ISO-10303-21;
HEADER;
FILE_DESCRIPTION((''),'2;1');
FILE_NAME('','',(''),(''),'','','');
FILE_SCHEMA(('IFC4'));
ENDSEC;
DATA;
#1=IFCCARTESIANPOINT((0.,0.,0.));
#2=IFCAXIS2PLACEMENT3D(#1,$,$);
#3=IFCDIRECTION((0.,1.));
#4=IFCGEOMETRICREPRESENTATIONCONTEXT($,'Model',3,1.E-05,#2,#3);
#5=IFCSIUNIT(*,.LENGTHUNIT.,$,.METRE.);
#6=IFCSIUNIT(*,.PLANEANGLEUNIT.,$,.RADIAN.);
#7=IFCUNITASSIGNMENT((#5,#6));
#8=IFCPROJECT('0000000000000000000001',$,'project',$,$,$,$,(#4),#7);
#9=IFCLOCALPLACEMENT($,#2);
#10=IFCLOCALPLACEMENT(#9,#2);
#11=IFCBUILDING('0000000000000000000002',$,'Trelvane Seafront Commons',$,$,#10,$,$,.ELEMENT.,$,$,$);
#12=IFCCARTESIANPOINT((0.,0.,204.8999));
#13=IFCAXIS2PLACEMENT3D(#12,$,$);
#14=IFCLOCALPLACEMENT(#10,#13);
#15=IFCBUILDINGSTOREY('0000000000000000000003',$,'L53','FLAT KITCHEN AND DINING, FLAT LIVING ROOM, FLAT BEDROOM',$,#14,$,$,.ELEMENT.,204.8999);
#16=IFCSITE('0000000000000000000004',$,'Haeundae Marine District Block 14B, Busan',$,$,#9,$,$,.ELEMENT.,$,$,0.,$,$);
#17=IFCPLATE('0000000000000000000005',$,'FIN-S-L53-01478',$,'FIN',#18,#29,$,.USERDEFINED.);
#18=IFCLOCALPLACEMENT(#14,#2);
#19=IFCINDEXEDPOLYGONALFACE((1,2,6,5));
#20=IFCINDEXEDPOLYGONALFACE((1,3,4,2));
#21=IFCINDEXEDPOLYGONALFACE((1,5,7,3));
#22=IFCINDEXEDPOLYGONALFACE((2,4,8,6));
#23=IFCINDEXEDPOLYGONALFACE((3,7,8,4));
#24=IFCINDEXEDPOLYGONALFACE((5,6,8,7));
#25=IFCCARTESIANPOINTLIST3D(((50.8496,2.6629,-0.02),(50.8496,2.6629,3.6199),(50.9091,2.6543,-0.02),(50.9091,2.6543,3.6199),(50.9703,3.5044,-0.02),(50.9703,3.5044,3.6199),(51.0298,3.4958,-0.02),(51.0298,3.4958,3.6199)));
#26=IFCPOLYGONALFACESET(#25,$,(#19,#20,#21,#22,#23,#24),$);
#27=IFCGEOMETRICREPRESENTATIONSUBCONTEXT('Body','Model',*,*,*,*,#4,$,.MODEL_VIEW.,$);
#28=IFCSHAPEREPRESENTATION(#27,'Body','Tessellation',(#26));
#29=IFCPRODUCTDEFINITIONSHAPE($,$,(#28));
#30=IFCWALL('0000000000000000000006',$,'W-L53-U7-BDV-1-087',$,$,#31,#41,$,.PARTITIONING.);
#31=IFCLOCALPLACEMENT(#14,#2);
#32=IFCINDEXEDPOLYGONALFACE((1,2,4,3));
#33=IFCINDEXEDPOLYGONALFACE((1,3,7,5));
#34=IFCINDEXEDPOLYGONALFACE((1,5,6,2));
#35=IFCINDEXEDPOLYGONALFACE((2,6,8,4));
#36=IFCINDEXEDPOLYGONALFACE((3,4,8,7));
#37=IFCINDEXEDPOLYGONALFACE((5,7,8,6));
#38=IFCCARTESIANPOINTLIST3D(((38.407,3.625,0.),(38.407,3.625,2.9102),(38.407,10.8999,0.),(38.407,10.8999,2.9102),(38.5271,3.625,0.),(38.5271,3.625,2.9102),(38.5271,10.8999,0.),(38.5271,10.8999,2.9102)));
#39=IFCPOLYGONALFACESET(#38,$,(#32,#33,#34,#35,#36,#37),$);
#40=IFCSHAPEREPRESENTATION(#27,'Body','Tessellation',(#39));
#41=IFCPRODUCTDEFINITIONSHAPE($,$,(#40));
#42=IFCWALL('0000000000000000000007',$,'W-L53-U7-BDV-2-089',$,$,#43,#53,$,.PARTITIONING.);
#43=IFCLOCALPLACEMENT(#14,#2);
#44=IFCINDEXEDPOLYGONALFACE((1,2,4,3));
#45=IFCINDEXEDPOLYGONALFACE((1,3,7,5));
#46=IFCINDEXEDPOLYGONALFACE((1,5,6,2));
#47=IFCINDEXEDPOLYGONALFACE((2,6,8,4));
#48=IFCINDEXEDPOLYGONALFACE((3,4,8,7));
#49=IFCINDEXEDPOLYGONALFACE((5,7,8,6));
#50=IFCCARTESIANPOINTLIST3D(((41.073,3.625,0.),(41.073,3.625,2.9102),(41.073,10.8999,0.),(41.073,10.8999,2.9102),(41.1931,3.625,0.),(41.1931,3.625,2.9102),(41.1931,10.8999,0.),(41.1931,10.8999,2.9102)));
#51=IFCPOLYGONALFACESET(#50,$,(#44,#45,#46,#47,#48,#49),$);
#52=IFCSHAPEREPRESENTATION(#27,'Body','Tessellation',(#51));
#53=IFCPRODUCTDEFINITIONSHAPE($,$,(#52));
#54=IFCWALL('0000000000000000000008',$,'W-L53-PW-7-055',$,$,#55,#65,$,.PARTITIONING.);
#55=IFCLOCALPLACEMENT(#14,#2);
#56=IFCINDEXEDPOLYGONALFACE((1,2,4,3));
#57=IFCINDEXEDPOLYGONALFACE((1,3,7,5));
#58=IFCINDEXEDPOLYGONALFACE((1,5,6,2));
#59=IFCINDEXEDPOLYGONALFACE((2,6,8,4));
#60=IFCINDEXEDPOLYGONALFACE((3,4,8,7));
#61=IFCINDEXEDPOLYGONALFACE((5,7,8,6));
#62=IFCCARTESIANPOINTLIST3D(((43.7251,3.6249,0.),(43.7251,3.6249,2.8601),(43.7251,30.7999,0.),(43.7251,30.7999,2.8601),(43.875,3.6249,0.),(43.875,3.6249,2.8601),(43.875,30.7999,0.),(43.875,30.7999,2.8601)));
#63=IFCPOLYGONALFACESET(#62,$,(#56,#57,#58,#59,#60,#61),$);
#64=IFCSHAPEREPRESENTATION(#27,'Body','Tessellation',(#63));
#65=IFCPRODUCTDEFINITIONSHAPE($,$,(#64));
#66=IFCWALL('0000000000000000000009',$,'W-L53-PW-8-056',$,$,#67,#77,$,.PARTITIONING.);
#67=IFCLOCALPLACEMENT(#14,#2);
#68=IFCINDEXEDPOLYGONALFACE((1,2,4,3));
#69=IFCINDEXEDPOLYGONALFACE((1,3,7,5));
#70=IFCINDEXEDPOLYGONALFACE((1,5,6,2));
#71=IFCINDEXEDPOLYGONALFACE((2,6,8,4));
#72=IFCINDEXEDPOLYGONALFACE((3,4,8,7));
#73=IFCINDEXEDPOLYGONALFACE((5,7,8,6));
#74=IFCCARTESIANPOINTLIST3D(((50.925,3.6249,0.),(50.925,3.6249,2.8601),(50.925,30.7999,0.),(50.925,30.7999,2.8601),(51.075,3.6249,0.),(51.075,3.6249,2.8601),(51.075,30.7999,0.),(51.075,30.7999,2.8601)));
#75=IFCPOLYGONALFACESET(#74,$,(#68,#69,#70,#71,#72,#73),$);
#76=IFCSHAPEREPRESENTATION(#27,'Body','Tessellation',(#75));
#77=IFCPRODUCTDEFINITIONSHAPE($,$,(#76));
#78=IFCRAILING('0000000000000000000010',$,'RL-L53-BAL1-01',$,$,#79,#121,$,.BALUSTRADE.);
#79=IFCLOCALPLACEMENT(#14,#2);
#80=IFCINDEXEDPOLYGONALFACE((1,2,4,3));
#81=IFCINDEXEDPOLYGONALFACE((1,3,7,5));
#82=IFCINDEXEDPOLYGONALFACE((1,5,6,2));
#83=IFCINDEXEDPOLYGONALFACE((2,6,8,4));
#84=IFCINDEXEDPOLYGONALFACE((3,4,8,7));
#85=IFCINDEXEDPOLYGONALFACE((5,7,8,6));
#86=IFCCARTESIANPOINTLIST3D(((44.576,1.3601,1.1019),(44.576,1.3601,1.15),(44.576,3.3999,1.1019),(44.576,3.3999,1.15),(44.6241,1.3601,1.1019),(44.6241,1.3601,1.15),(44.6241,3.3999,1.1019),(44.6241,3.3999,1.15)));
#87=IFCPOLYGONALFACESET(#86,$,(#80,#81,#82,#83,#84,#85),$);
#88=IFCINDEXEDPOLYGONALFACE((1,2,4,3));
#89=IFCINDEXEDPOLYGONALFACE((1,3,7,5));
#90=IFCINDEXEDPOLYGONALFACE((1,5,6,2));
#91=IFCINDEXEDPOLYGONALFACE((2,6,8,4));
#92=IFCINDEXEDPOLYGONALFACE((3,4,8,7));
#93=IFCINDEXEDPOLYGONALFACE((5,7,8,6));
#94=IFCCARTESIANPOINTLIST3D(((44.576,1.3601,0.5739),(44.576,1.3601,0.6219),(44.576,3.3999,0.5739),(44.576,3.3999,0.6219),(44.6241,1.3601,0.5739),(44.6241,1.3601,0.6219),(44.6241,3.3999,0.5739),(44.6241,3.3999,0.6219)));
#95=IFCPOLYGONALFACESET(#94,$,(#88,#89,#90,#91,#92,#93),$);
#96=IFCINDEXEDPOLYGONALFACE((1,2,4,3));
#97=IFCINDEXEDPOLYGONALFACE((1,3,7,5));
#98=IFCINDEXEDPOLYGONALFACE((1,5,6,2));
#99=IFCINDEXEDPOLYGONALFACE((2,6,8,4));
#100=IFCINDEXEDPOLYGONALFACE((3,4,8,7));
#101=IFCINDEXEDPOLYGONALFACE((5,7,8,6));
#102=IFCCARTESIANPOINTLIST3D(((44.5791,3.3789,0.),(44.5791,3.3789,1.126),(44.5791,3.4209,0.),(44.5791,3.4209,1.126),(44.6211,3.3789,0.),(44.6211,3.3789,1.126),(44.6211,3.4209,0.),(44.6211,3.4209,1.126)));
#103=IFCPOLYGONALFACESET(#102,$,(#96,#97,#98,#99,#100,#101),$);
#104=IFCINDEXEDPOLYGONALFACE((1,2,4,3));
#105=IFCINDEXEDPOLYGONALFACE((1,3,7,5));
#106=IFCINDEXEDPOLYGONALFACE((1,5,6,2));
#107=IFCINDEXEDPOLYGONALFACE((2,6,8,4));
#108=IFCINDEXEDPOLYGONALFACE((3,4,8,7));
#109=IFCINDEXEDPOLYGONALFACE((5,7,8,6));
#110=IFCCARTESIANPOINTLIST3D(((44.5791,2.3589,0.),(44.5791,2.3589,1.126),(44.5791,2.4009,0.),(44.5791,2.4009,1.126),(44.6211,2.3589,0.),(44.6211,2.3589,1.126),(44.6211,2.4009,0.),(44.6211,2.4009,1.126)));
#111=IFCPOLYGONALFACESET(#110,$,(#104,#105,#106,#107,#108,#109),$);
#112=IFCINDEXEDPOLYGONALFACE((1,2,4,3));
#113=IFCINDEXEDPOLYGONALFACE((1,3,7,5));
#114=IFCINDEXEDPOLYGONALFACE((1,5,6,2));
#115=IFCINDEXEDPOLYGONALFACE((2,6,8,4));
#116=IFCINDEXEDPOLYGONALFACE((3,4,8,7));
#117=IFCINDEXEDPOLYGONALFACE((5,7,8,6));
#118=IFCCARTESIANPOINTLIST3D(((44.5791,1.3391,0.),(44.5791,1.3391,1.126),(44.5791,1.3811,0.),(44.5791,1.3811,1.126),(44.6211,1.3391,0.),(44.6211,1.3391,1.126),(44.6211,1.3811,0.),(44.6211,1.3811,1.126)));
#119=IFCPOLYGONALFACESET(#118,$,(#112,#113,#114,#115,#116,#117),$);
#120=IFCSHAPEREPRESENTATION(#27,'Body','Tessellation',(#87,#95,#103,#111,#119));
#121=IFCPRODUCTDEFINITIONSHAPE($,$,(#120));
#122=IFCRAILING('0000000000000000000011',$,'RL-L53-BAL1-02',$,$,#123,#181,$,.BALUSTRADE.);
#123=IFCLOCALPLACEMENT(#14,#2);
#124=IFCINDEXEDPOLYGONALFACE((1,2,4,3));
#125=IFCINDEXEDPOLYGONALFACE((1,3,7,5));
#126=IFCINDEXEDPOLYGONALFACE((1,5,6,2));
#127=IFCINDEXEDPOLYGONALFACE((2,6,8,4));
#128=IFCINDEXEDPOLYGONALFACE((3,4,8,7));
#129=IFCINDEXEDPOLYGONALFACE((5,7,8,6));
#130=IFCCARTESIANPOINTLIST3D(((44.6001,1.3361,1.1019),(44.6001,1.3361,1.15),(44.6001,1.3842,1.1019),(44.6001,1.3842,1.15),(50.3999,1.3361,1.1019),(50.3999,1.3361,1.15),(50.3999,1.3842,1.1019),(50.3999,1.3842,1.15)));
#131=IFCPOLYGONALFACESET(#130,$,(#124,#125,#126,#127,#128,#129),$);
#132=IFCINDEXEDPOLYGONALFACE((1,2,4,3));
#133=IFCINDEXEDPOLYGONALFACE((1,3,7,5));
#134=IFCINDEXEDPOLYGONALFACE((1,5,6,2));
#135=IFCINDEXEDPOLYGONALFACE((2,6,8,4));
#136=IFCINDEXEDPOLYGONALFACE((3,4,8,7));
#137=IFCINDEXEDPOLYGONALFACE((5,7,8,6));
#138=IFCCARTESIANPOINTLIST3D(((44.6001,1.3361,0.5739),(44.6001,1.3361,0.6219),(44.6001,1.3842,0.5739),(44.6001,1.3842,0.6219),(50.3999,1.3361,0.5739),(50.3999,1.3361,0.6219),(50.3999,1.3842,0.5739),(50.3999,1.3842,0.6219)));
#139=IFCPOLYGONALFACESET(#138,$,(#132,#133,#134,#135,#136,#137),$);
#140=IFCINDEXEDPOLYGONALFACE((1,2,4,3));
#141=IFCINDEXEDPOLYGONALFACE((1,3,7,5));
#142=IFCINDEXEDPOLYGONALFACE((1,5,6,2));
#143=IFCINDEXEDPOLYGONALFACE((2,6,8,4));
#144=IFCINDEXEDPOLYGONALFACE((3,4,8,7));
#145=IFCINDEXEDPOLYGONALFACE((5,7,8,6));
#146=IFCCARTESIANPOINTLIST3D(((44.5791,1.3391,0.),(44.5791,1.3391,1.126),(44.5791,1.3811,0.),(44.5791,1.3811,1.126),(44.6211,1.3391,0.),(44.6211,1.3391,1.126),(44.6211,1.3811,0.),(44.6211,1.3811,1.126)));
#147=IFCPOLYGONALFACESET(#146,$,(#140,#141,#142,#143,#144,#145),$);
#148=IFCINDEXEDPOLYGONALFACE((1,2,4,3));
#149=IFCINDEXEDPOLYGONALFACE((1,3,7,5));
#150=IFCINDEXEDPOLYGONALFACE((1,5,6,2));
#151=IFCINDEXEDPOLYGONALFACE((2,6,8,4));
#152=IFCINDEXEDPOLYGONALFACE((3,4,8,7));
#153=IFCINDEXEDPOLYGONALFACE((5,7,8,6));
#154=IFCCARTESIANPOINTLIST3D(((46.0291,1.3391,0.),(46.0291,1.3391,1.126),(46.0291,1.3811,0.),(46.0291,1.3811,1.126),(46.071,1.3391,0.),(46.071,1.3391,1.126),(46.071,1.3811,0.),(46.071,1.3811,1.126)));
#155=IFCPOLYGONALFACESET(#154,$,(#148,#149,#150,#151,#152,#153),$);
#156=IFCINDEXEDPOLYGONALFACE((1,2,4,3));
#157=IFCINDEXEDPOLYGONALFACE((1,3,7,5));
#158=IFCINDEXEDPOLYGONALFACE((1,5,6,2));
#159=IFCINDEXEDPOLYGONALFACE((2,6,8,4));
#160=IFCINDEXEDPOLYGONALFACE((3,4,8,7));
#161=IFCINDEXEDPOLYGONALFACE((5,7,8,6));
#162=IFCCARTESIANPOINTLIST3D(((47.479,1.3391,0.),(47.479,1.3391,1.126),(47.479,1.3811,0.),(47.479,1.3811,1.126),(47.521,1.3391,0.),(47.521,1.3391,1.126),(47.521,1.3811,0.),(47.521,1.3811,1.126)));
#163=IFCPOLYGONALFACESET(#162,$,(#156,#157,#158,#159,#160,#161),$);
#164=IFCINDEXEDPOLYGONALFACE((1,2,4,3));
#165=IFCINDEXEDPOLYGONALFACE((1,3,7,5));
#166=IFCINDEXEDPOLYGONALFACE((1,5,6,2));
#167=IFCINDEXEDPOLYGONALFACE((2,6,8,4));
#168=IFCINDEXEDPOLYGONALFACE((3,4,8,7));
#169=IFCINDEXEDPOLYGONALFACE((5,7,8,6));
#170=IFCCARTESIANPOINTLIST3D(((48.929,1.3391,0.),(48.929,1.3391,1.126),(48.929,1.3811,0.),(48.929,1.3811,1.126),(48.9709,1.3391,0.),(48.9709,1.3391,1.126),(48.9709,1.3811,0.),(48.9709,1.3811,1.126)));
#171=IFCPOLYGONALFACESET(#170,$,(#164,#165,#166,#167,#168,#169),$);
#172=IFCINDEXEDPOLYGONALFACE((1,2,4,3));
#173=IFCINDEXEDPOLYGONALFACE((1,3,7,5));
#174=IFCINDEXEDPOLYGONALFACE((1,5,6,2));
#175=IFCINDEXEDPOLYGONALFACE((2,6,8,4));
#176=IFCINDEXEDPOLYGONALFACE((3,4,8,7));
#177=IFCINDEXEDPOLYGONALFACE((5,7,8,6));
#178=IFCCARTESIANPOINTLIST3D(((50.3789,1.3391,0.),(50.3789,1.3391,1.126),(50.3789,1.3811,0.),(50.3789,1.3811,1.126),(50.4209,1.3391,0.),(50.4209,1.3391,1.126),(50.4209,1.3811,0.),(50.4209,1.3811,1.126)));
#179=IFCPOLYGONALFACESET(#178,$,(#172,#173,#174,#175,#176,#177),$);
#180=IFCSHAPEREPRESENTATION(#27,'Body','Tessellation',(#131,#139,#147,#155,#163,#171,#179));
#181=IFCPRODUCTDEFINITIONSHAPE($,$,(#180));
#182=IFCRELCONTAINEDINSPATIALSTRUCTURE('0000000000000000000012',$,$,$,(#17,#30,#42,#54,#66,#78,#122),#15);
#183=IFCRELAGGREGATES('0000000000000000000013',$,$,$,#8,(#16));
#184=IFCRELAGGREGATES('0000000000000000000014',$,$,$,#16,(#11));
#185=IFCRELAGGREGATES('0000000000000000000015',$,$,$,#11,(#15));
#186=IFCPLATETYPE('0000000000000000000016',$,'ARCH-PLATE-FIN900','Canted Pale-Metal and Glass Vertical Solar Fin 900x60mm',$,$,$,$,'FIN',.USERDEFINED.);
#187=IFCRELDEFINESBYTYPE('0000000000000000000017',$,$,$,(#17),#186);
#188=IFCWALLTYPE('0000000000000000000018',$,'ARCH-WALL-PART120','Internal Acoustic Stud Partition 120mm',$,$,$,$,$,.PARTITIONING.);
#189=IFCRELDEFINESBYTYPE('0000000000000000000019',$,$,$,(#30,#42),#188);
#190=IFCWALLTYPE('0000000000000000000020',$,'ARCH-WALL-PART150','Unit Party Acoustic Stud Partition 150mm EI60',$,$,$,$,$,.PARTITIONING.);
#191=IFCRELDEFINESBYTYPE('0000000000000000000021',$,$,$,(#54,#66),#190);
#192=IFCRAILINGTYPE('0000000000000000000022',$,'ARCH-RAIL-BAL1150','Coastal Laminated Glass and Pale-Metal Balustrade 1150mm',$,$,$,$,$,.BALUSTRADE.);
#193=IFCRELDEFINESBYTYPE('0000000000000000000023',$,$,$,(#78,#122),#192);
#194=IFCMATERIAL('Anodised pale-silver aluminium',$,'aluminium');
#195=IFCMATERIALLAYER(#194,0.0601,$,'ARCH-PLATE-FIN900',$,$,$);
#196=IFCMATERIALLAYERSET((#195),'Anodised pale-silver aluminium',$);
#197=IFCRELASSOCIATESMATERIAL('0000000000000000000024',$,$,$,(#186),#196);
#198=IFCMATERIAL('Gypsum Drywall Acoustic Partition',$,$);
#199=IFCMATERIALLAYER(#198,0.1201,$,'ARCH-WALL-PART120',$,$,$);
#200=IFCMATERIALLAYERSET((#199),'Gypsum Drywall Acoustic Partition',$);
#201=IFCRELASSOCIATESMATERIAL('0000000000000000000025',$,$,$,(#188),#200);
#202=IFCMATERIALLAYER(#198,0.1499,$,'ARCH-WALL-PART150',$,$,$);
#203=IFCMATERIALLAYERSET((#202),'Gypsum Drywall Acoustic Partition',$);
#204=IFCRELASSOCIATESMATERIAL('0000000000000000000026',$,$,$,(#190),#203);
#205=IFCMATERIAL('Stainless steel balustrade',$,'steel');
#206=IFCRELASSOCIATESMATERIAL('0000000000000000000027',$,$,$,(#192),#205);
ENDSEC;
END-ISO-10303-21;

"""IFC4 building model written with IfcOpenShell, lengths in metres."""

from ifc_helpers import new_model, si_unit, direction, frame, frame_2d, origin, origin_2d, place, context, subcontext, project, spatial, rectangle, extrude, source, transform, mapped, material, layer, layer_set, type_object, element, save


model = new_model("IFC4")

# Units and contexts
model_context = context("Model", 3, precision=1e-05, world=origin(), true_north=direction((0.0, 1.0)))
body_context = subcontext(model_context, "Body", "Model", "MODEL_VIEW")
ifc_project = project(units=[si_unit("LENGTHUNIT", "METRE"), si_unit("PLANEANGLEUNIT", "RADIAN")], contexts=[model_context])

# Site, building, storey
site_placement = place(None, origin())
site = spatial("IfcSite", under=ifc_project, at=site_placement, Name="Haeundae Marine District Block 14B, Busan", CompositionType="ELEMENT", RefElevation=0.0)
building_placement = place(site_placement, origin())
building = spatial("IfcBuilding", under=site, at=building_placement, Name="Trelvane Seafront Commons", CompositionType="ELEMENT")
storey_placement = place(building_placement, frame((0.0, 0.0, 204.8999)))
storey = spatial("IfcBuildingStorey", under=building, at=storey_placement, Name="L53", Description="FLAT KITCHEN AND DINING, FLAT LIVING ROOM, FLAT BEDROOM", CompositionType="ELEMENT", Elevation=204.8999)

# Plate
ifc_material_1 = material(Name="Anodised pale-silver aluminium", Category="aluminium")
ifc_layer_1 = layer(ifc_material_1, 0.0601, Name="ARCH-PLATE-FIN900")
ifc_layer_set_1 = layer_set([ifc_layer_1], Name="Anodised pale-silver aluminium")
plate_type_1 = type_object("IfcPlateType", Name="ARCH-PLATE-FIN900", Description="Canted Pale-Metal and Glass Vertical Solar Fin 900x60mm", ElementType="FIN", PredefinedType="USERDEFINED", material=ifc_layer_set_1)
shared_shape_1 = source(origin(), body_context, "Body", "SweptSolid", [
    extrude(rectangle(XDim=0.8501, YDim=0.0601, at=origin_2d()), origin(), (0.0, 0.0, 1.0), 3.6399),
])
for number, where, z_axis, x_axis, name in (
    (1, (50.9397, 3.0793, -0.02), (0.0, 0.0, 1.0), (-0.141998, -0.989867, 0.0), "FIN-S-L53-01478"),
):
    element("IfcPlate", number, at=place(storey_placement, frame(where, z_axis=z_axis, x_axis=x_axis)), inside=storey, type_object=plate_type_1, Name=name, ObjectType="FIN", PredefinedType="USERDEFINED", context=body_context, shape_type="MappedRepresentation", body=[
        mapped(shared_shape_1, transform((0.0, 0.0, 0.0), x_axis=(1.0, 0.0, 0.0), y_axis=(0.0, 1.0, 0.0), z_axis=(0.0, 0.0, 1.0), scale=1.0)),
    ])

# Shared definitions
ifc_material_2 = material(Name="Gypsum Drywall Acoustic Partition")
ifc_layer_2 = layer(ifc_material_2, 0.1201, Name="ARCH-WALL-PART120")
ifc_layer_set_2 = layer_set([ifc_layer_2], Name="Gypsum Drywall Acoustic Partition")
wall_type_1 = type_object("IfcWallType", Name="ARCH-WALL-PART120", Description="Internal Acoustic Stud Partition 120mm", PredefinedType="PARTITIONING", material=ifc_layer_set_2)

# Wall
wall_1_placement = place(storey_placement, frame((38.467, 3.625, 0.0), z_axis=(0.0, 0.0, 1.0), x_axis=(0.0, 1.0, 0.0)))
element("IfcWall", 2, at=wall_1_placement, inside=storey, type_object=wall_type_1, Name="W-L53-U7-BDV-1-087", PredefinedType="PARTITIONING", context=body_context, shape_type="SweptSolid", body=[
    extrude(rectangle(XDim=7.2749, YDim=0.1201, at=frame_2d((3.6375, 0.0))), origin(), (0.0, 0.0, 1.0), 2.9102),
])

# Walls
wall_2_placement = place(storey_placement, frame((41.1331, 3.625, 0.0), z_axis=(0.0, 0.0, 1.0), x_axis=(0.0, 1.0, 0.0)))
element("IfcWall", 3, at=wall_2_placement, inside=storey, type_object=wall_type_1, Name="W-L53-U7-BDV-2-089", PredefinedType="PARTITIONING", context=body_context, shape_type="SweptSolid", body=[
    extrude(rectangle(XDim=7.2749, YDim=0.1201, at=frame_2d((3.6375, 0.0))), origin(), (0.0, 0.0, 1.0), 2.9102),
])
ifc_layer_3 = layer(ifc_material_2, 0.1499, Name="ARCH-WALL-PART150")
ifc_layer_set_3 = layer_set([ifc_layer_3], Name="Gypsum Drywall Acoustic Partition")
wall_type_2 = type_object("IfcWallType", Name="ARCH-WALL-PART150", Description="Unit Party Acoustic Stud Partition 150mm EI60", PredefinedType="PARTITIONING", material=ifc_layer_set_3)
for number, where, z_axis, x_axis, name in (
    (4, (43.8, 3.625, 0.0), (0.0, 0.0, 1.0), (0.0, 1.0, 0.0), "W-L53-PW-7-055"),
    (5, (51.0, 3.625, 0.0), (0.0, 0.0, 1.0), (0.0, 1.0, 0.0), "W-L53-PW-8-056"),
):
    element("IfcWall", number, at=place(storey_placement, frame(where, z_axis=z_axis, x_axis=x_axis)), inside=storey, type_object=wall_type_2, Name=name, PredefinedType="PARTITIONING", context=body_context, shape_type="SweptSolid", body=[
        extrude(rectangle(XDim=27.175, YDim=0.1499, at=frame_2d((13.5874, 0.0))), origin(), (0.0, 0.0, 1.0), 2.8601),
    ])

# Railings
ifc_material_3 = material(Name="Stainless steel balustrade", Category="steel")
railing_type = type_object("IfcRailingType", Name="ARCH-RAIL-BAL1150", Description="Coastal Laminated Glass and Pale-Metal Balustrade 1150mm", PredefinedType="BALUSTRADE", material=ifc_material_3)
railing_1_placement = place(storey_placement, frame((44.6001, 3.3999, 0.0)))
element("IfcRailing", 6, at=railing_1_placement, inside=storey, type_object=railing_type, Name="RL-L53-BAL1-01", PredefinedType="BALUSTRADE", context=body_context, shape_type="SweptSolid", body=[
    extrude(rectangle(XDim=0.0481, YDim=0.0481, at=origin_2d()), frame((0.0, 0.0, 1.126), z_axis=(0.0, -1.0, 0.0), x_axis=(1.0, 0.0, 0.0)), (0.0, 0.0, 1.0), 2.0398),
    extrude(rectangle(XDim=0.0481, YDim=0.0481, at=origin_2d()), frame((0.0, 0.0, 0.5979), z_axis=(0.0, -1.0, 0.0), x_axis=(1.0, 0.0, 0.0)), (0.0, 0.0, 1.0), 2.0398),
    extrude(rectangle(XDim=0.042, YDim=0.042, at=origin_2d()), origin(), (0.0, 0.0, 1.0), 1.126),
    extrude(rectangle(XDim=0.042, YDim=0.042, at=origin_2d()), frame((0.0, -1.02, 0.0)), (0.0, 0.0, 1.0), 1.126),
    extrude(rectangle(XDim=0.042, YDim=0.042, at=origin_2d()), frame((0.0, -2.0398, 0.0)), (0.0, 0.0, 1.0), 1.126),
])
railing_2_placement = place(storey_placement, frame((44.6001, 1.3601, 0.0)))
element("IfcRailing", 7, at=railing_2_placement, inside=storey, type_object=railing_type, Name="RL-L53-BAL1-02", PredefinedType="BALUSTRADE", context=body_context, shape_type="SweptSolid", body=[
    extrude(rectangle(XDim=0.0481, YDim=0.0481, at=origin_2d()), frame((0.0, 0.0, 1.126), z_axis=(1.0, 0.0, 0.0), x_axis=(0.0, 1.0, 0.0)), (0.0, 0.0, 1.0), 5.7998),
    extrude(rectangle(XDim=0.0481, YDim=0.0481, at=origin_2d()), frame((0.0, 0.0, 0.5979), z_axis=(1.0, 0.0, 0.0), x_axis=(0.0, 1.0, 0.0)), (0.0, 0.0, 1.0), 5.7998),
    extrude(rectangle(XDim=0.042, YDim=0.042, at=origin_2d()), origin(), (0.0, 0.0, 1.0), 1.126),
    extrude(rectangle(XDim=0.042, YDim=0.042, at=origin_2d()), frame((1.45, 0.0, 0.0)), (0.0, 0.0, 1.0), 1.126),
    extrude(rectangle(XDim=0.042, YDim=0.042, at=origin_2d()), frame((2.8999, 0.0, 0.0)), (0.0, 0.0, 1.0), 1.126),
    extrude(rectangle(XDim=0.042, YDim=0.042, at=origin_2d()), frame((4.3499, 0.0, 0.0)), (0.0, 0.0, 1.0), 1.126),
    extrude(rectangle(XDim=0.042, YDim=0.042, at=origin_2d()), frame((5.7998, 0.0, 0.0)), (0.0, 0.0, 1.0), 1.126),
])

save(model, "model.ifc")
